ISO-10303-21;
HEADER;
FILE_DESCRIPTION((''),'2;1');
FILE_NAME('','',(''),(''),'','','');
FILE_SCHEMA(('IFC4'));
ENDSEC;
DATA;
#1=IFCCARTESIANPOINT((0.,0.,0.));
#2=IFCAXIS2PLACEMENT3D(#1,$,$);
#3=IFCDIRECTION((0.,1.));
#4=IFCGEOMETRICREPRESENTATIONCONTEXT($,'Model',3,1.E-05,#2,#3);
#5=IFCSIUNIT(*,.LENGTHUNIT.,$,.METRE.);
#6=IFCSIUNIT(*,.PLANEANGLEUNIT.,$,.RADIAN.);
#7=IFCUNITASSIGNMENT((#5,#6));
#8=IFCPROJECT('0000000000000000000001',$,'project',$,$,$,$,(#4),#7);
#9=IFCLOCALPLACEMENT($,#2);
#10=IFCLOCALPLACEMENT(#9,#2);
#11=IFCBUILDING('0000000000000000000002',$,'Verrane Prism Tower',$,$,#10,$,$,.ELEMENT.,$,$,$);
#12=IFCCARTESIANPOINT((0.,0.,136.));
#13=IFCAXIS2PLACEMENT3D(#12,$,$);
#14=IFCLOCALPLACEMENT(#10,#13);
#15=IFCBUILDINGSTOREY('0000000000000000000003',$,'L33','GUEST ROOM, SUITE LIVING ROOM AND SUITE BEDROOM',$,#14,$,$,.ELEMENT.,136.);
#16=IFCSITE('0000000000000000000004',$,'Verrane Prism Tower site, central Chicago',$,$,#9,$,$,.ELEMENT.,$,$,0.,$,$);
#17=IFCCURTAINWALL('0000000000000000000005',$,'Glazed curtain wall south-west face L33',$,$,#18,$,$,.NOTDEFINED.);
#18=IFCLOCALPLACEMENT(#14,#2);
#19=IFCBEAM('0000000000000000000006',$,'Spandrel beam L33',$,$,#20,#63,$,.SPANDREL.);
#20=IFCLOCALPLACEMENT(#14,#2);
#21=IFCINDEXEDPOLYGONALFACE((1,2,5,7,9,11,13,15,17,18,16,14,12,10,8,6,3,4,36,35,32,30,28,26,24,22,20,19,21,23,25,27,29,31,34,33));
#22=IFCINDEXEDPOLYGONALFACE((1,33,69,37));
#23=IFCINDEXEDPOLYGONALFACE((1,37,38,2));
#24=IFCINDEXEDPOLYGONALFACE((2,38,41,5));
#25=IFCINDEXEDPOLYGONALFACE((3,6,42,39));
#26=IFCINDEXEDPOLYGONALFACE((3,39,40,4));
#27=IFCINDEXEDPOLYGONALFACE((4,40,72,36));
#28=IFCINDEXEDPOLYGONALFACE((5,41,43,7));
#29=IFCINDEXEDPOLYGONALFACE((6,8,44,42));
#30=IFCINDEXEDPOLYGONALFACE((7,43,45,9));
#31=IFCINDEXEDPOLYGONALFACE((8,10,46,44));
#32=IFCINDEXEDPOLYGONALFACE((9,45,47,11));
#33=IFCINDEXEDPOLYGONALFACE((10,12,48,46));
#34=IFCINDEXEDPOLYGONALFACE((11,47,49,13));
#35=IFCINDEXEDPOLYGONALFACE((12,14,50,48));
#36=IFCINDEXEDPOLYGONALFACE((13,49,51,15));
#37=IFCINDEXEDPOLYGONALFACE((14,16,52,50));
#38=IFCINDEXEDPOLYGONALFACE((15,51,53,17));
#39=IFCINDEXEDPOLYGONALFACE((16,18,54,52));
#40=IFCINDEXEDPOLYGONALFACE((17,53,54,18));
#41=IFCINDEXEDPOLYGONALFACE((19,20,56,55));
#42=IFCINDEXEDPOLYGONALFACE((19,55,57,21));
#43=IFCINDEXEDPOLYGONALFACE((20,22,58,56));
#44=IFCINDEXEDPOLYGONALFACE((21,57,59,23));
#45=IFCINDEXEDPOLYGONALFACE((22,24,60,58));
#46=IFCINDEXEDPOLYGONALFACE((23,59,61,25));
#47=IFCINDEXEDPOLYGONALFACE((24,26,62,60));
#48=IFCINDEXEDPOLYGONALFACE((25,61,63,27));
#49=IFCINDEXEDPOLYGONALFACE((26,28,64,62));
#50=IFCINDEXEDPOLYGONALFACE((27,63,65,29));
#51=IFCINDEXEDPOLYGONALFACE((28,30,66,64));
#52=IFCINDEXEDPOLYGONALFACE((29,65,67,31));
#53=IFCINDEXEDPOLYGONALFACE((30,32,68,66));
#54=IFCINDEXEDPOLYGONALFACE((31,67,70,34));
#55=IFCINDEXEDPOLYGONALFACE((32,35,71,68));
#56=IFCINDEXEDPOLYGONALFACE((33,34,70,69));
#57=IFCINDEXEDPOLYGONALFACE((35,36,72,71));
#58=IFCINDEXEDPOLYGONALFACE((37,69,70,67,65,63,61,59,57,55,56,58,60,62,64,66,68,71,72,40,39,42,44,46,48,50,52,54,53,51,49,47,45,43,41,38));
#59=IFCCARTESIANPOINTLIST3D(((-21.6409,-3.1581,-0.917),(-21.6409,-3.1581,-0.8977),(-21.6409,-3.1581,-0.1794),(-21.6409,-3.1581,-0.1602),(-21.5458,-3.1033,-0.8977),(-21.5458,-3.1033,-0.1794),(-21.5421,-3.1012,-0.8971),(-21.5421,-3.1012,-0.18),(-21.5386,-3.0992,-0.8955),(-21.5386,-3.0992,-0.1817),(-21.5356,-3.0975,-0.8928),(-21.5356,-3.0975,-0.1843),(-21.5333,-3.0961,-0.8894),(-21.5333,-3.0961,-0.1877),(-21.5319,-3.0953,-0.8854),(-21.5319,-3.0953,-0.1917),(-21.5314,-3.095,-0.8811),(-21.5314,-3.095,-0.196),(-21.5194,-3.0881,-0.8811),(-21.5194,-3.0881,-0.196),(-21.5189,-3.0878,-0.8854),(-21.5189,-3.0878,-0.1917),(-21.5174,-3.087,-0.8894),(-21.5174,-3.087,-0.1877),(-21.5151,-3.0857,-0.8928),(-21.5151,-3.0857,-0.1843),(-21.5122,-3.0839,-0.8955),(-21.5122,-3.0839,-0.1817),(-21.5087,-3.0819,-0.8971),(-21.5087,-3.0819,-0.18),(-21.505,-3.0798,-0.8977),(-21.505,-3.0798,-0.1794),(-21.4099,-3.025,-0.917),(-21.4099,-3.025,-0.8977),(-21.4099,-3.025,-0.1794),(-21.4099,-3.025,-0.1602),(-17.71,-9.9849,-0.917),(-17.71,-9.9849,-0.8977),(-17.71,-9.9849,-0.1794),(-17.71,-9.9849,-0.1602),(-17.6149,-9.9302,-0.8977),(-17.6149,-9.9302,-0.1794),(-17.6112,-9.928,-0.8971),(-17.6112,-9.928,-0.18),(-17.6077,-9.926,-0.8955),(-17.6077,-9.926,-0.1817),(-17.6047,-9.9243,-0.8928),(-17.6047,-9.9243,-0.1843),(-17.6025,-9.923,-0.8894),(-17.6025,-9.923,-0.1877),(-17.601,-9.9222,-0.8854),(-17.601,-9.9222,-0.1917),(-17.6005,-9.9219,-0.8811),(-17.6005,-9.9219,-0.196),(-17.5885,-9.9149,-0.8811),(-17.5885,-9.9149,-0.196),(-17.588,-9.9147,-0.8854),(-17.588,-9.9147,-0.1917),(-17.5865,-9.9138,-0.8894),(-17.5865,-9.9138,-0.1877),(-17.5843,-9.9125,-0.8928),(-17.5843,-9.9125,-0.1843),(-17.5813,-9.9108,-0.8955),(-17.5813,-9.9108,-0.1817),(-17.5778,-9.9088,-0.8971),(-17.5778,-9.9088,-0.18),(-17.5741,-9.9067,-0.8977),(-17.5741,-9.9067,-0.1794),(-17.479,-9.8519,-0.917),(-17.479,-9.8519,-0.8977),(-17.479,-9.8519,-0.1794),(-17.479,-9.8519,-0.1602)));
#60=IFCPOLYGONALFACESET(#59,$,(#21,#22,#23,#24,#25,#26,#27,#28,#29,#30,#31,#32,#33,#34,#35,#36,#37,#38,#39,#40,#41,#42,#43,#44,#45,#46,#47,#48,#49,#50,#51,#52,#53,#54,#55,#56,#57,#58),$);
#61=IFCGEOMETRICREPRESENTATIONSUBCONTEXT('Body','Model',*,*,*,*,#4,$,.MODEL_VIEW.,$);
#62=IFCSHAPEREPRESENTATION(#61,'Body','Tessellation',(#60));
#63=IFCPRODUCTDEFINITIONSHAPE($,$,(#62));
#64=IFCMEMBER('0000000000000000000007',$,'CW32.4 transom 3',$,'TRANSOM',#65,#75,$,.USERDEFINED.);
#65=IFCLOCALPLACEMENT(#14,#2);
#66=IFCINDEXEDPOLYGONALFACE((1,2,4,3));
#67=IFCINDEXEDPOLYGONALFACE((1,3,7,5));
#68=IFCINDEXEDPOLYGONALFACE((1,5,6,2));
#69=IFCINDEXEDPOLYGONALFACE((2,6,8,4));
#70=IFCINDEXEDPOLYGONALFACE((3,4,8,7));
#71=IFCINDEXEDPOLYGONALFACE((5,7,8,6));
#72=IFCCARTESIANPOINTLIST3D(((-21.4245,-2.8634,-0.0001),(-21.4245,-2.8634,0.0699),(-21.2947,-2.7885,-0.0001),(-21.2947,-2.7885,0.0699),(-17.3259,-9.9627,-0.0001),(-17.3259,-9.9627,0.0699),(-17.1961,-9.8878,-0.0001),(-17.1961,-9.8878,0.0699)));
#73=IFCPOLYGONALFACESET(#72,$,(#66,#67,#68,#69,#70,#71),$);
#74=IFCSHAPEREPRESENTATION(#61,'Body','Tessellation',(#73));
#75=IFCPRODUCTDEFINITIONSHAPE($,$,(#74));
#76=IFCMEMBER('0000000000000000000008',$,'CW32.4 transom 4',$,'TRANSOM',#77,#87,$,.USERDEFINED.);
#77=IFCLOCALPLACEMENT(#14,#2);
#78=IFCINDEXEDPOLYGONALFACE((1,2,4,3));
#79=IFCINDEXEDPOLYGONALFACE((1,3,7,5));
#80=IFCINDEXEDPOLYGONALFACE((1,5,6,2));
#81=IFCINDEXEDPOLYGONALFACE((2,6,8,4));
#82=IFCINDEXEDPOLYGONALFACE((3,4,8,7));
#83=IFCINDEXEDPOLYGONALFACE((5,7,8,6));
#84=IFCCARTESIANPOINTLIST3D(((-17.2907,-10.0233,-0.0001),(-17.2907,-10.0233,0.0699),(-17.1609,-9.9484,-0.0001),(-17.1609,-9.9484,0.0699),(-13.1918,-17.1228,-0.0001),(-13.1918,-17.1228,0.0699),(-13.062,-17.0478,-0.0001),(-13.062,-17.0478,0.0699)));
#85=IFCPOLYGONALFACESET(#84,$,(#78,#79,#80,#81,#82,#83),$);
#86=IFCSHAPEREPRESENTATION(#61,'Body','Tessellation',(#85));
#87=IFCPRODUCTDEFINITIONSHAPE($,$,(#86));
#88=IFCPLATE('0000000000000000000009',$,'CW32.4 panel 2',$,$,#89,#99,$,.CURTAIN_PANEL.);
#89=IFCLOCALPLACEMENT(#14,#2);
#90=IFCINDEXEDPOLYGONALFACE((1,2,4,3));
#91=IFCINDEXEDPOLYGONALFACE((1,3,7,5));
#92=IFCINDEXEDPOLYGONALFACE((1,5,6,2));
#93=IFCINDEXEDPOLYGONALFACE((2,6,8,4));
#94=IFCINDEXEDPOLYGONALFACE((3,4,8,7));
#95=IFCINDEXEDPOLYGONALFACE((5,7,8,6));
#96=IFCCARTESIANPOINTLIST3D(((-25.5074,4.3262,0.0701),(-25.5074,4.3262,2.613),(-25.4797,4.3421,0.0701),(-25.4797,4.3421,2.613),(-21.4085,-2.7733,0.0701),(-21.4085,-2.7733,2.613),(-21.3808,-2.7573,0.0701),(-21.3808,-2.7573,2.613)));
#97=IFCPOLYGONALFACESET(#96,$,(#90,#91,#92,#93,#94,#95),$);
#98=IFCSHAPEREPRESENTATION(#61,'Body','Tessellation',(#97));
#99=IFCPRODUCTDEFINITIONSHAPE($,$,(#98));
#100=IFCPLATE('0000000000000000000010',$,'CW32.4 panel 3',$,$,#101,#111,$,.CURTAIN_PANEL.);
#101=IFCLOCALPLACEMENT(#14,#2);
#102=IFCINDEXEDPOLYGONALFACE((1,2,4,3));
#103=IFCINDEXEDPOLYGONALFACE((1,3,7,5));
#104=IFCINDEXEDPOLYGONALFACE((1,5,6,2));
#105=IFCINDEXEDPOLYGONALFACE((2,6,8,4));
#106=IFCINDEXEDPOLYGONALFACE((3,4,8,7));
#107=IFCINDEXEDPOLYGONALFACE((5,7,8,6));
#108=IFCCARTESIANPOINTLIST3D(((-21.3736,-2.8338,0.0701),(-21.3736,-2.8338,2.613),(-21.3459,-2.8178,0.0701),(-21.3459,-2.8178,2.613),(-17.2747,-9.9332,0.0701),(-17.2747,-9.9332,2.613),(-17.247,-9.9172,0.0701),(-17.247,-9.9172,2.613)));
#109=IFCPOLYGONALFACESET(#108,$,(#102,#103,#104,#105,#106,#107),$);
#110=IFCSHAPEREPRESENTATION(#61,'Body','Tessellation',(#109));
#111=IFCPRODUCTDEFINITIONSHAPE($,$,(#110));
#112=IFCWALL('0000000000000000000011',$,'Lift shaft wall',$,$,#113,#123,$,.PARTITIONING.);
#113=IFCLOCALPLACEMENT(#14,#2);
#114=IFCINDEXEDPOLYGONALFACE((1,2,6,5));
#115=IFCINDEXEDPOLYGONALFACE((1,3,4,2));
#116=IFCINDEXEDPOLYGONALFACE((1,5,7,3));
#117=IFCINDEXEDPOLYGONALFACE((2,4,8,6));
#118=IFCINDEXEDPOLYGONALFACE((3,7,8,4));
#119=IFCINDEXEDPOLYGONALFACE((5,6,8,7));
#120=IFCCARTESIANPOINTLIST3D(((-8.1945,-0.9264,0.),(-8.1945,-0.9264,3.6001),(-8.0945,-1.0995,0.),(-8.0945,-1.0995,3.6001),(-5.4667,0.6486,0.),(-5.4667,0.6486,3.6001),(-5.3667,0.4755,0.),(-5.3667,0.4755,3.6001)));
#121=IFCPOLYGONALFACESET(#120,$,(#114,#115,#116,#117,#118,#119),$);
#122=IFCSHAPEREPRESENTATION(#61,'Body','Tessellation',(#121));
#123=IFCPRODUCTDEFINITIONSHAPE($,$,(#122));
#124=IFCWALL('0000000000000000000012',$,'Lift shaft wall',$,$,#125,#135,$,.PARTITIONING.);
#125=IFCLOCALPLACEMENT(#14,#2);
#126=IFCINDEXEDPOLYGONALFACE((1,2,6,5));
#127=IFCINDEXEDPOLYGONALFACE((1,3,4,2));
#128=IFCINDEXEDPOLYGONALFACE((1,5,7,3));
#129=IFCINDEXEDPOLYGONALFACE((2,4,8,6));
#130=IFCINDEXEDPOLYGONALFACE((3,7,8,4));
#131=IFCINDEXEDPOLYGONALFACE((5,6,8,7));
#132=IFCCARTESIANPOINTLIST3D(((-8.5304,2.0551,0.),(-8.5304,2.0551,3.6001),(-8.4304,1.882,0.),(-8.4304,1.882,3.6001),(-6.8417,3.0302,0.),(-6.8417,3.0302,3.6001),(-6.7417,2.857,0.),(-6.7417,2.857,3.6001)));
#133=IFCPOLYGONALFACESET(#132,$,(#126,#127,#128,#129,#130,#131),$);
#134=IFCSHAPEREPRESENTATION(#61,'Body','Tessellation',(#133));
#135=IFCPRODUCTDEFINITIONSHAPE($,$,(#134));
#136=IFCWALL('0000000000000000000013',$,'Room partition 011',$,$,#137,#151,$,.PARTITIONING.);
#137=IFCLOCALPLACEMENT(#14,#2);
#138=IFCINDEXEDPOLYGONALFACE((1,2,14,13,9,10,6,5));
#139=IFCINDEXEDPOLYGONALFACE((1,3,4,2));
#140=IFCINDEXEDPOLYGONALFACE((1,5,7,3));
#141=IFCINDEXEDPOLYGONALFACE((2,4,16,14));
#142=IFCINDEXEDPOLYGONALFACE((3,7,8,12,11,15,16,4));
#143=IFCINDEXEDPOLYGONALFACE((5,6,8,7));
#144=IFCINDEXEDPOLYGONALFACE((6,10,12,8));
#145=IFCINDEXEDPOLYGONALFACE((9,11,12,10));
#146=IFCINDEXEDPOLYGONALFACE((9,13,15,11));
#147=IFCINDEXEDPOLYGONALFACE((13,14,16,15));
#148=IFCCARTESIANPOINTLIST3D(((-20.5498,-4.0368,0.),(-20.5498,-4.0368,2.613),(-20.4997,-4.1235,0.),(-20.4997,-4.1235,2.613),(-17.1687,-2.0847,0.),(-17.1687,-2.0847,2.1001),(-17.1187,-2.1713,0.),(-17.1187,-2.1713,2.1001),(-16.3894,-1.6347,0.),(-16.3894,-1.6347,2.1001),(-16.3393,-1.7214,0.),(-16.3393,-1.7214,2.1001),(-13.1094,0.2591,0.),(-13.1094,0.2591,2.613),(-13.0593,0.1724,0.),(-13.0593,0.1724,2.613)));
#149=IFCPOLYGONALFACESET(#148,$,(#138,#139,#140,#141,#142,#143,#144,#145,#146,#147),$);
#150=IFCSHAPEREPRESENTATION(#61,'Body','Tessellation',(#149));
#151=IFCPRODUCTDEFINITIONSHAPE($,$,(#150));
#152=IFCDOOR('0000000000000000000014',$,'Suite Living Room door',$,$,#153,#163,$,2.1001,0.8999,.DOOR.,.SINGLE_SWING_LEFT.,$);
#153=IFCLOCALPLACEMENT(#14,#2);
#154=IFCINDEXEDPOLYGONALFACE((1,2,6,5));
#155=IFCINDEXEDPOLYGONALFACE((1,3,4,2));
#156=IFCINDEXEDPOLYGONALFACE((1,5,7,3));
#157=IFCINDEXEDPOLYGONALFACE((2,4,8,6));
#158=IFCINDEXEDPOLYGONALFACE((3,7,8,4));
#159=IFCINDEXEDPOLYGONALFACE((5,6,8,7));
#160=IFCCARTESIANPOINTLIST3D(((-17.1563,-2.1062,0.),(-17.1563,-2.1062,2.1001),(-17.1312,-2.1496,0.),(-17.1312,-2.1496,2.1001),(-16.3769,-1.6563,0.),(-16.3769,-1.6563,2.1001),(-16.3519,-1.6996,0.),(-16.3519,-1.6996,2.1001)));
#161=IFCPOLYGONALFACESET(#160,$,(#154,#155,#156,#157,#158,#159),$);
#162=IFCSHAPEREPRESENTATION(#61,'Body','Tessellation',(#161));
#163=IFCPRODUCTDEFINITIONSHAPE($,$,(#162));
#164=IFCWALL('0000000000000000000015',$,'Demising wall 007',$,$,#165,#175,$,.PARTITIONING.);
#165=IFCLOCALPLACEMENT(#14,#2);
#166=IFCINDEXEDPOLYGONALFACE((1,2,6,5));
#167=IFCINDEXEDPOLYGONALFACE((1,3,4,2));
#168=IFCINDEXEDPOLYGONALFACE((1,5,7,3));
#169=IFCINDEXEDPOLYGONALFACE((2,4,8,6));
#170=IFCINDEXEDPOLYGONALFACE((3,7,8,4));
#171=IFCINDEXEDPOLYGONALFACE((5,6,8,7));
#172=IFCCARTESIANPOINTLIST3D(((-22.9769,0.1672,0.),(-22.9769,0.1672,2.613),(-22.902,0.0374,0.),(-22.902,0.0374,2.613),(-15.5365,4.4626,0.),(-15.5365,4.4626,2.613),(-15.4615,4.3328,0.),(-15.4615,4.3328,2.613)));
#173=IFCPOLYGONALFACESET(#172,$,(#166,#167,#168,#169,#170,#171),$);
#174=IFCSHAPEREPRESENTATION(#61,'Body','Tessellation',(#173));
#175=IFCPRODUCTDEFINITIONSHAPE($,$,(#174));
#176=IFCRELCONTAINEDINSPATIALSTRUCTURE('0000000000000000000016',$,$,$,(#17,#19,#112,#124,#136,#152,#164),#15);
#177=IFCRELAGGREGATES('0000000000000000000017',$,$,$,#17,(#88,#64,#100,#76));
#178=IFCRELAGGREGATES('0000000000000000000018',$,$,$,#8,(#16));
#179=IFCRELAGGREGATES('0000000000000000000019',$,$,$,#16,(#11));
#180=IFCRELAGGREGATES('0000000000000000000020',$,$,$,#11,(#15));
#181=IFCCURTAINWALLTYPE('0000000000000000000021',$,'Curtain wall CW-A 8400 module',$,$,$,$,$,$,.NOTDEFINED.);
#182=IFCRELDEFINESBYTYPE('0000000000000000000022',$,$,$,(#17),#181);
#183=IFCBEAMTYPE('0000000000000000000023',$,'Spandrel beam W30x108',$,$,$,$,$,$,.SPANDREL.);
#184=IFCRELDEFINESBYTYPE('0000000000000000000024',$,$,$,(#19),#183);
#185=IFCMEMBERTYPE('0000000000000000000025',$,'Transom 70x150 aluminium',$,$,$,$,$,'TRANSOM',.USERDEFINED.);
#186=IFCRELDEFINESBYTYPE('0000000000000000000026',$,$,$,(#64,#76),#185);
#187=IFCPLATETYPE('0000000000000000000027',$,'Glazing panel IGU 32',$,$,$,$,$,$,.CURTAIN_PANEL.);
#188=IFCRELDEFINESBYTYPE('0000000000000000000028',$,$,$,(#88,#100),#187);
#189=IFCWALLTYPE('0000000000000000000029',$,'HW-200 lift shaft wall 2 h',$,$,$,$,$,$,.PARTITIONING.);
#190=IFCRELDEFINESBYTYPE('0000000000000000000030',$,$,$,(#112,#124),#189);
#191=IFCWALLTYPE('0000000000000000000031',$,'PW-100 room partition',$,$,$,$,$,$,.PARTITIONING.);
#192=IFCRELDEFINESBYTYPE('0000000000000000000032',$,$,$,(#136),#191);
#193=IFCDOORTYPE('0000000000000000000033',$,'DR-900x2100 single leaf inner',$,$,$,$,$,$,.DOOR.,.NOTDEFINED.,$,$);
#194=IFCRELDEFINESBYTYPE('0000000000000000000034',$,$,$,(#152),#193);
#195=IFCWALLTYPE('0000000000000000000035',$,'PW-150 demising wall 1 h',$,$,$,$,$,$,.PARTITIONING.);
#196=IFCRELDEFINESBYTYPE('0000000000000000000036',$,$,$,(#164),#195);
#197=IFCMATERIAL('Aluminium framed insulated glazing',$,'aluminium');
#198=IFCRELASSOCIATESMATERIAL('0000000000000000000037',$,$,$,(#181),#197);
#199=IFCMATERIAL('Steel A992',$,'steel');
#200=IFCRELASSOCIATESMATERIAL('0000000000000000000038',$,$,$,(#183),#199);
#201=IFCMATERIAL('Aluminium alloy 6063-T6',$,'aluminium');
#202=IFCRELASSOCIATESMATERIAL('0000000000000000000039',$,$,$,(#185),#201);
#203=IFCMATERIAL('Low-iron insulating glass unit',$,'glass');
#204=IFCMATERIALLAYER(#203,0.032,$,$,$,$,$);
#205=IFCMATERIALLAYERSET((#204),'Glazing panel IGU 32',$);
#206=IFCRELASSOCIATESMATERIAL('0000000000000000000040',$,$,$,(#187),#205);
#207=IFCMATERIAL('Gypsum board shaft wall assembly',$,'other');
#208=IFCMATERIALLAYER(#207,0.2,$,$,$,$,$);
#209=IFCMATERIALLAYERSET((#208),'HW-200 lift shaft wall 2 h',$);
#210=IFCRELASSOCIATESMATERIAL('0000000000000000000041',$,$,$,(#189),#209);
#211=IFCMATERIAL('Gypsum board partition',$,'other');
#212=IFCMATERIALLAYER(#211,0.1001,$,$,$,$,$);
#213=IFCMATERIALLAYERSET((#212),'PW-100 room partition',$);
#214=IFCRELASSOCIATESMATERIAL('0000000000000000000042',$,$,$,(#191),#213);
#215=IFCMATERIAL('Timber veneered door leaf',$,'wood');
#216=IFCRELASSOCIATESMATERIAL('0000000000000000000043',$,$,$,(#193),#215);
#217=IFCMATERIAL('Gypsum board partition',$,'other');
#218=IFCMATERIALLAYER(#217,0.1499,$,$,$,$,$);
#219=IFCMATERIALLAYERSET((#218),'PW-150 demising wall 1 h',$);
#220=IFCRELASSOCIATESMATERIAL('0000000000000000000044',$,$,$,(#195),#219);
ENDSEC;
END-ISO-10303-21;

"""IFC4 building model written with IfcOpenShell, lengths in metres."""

from ifc_helpers import new_model, si_unit, direction, frame, frame_2d, origin, origin_2d, place, context, subcontext, project, spatial, rectangle, i_section, extrude, material, layer, layer_set, material_profile, profile_set, type_object, element, fill, aggregate, save


model = new_model("IFC4")

# Units and contexts
model_context = context("Model", 3, precision=1e-05, world=origin(), true_north=direction((0.0, 1.0)))
body_context = subcontext(model_context, "Body", "Model", "MODEL_VIEW")
ifc_project = project(units=[si_unit("LENGTHUNIT", "METRE"), si_unit("PLANEANGLEUNIT", "RADIAN")], contexts=[model_context])

# Site, building, storey
site_placement = place(None, origin())
site = spatial("IfcSite", under=ifc_project, at=site_placement, Name="Verrane Prism Tower site, central Chicago", CompositionType="ELEMENT", RefElevation=0.0)
building_placement = place(site_placement, origin())
building = spatial("IfcBuilding", under=site, at=building_placement, Name="Verrane Prism Tower", CompositionType="ELEMENT")
storey_placement = place(building_placement, frame((0.0, 0.0, 136.0)))
storey = spatial("IfcBuildingStorey", under=building, at=storey_placement, Name="L33", Description="GUEST ROOM, SUITE LIVING ROOM AND SUITE BEDROOM", CompositionType="ELEMENT", Elevation=136.0)

# Curtain wall
ifc_material_1 = material(Name="Aluminium framed insulated glazing", Category="aluminium")
curtain_wall_type = type_object("IfcCurtainWallType", Name="Curtain wall CW-A 8400 module", PredefinedType="NOTDEFINED", material=ifc_material_1)
curtain_wall_placement = place(storey_placement, origin())
curtain_wall = element("IfcCurtainWall", 1, at=curtain_wall_placement, inside=storey, type_object=curtain_wall_type, Name="Glazed curtain wall south-west face L33", PredefinedType="NOTDEFINED")

# Beam
ifc_material_2 = material(Name="Steel A992", Category="steel")
ifc_material_profile_1 = material_profile(ifc_material_2, i_section(OverallWidth=0.2666, OverallDepth=0.7568, WebThickness=0.0139, FlangeThickness=0.0193, FilletRadius=0.0166, at=origin_2d()), Name="W30x108")
ifc_profile_set_1 = profile_set([ifc_material_profile_1], Name="Steel A992")
beam_type_1 = type_object("IfcBeamType", Name="Spandrel beam W30x108", PredefinedType="SPANDREL", material=ifc_profile_set_1)
beam_1_placement = place(storey_placement, frame((-21.5254, -3.0916, -0.5386), z_axis=(0.49899, -0.866608, 0.0), x_axis=(0.866608, 0.49899, 0.0)))
element("IfcBeam", 2, at=beam_1_placement, inside=storey, type_object=beam_type_1, Name="Spandrel beam L33", PredefinedType="SPANDREL", context=body_context, shape_type="SweptSolid", body=[
    extrude(i_section(OverallWidth=0.2666, OverallDepth=0.7568, WebThickness=0.0139, FlangeThickness=0.0193, FilletRadius=0.0166, at=origin_2d()), origin(), (0.0, 0.0, 1.0), 7.8777),
])

# Members
ifc_material_3 = material(Name="Aluminium alloy 6063-T6", Category="aluminium")
ifc_material_profile_2 = material_profile(ifc_material_3, rectangle(XDim=0.1499, YDim=0.0701, at=origin_2d()), Name="Transom 70x150 aluminium")
ifc_profile_set_2 = profile_set([ifc_material_profile_2], Name="Aluminium alloy 6063-T6")
member_type_1 = type_object("IfcMemberType", Name="Transom 70x150 aluminium", ElementType="TRANSOM", PredefinedType="USERDEFINED", material=ifc_profile_set_2)
member_1_placement = place(storey_placement, frame((-21.3596, -2.8259, 0.0349), z_axis=(0.499983, -0.866035, 0.0), x_axis=(0.866035, 0.499983, 0.0)))
member_1 = element("IfcMember", 3, at=member_1_placement, type_object=member_type_1, Name="CW32.4 transom 3", ObjectType="TRANSOM", PredefinedType="USERDEFINED", context=body_context, shape_type="SweptSolid", body=[
    extrude(rectangle(XDim=0.1499, YDim=0.0701, at=origin_2d()), origin(), (0.0, 0.0, 1.0), 8.1975),
])
member_2_placement = place(storey_placement, frame((-17.2258, -9.9858, 0.0349), z_axis=(0.500005, -0.866022, 0.0), x_axis=(0.866022, 0.500005, 0.0)))
member_2 = element("IfcMember", 4, at=member_2_placement, type_object=member_type_1, Name="CW32.4 transom 4", ObjectType="TRANSOM", PredefinedType="USERDEFINED", context=body_context, shape_type="SweptSolid", body=[
    extrude(rectangle(XDim=0.1499, YDim=0.0701, at=origin_2d()), origin(), (0.0, 0.0, 1.0), 8.1978),
])

# Plates
ifc_material_4 = material(Name="Low-iron insulating glass unit", Category="glass")
ifc_layer_1 = layer(ifc_material_4, 0.032)
ifc_layer_set_1 = layer_set([ifc_layer_1], Name="Glazing panel IGU 32")
plate_type = type_object("IfcPlateType", Name="Glazing panel IGU 32", PredefinedType="CURTAIN_PANEL", material=ifc_layer_set_1)
plate_1_placement = place(storey_placement, frame((-23.4441, 0.7844, 0.0701), z_axis=(0.0, 0.0, 1.0), x_axis=(0.5, -0.866025, 0.0)))
plate_1 = element("IfcPlate", 5, at=plate_1_placement, type_object=plate_type, Name="CW32.4 panel 2", PredefinedType="CURTAIN_PANEL", context=body_context, shape_type="SweptSolid", body=[
    extrude(rectangle(XDim=8.1978, YDim=0.032, at=origin_2d()), origin(), (0.0, 0.0, 1.0), 2.543),
])
plate_2_placement = place(storey_placement, frame((-19.3103, -6.3755, 0.0701), z_axis=(0.0, 0.0, 1.0), x_axis=(0.5, -0.866025, 0.0)))
plate_2 = element("IfcPlate", 6, at=plate_2_placement, type_object=plate_type, Name="CW32.4 panel 3", PredefinedType="CURTAIN_PANEL", context=body_context, shape_type="SweptSolid", body=[
    extrude(rectangle(XDim=8.1978, YDim=0.032, at=origin_2d()), origin(), (0.0, 0.0, 1.0), 2.543),
])
aggregate(curtain_wall, [plate_1, member_1, plate_2, member_2])

# Walls
ifc_material_5 = material(Name="Gypsum board shaft wall assembly", Category="other")
ifc_layer_2 = layer(ifc_material_5, 0.2)
ifc_layer_set_2 = layer_set([ifc_layer_2], Name="HW-200 lift shaft wall 2 h")
wall_type_1 = type_object("IfcWallType", Name="HW-200 lift shaft wall 2 h", PredefinedType="PARTITIONING", material=ifc_layer_set_2)
wall_1_placement = place(storey_placement, frame((-8.1445, -1.0129, 0.0), z_axis=(0.0, 0.0, 1.0), x_axis=(0.866016, 0.500015, 0.0)))
element("IfcWall", 7, at=wall_1_placement, inside=storey, type_object=wall_type_1, Name="Lift shaft wall", PredefinedType="PARTITIONING", context=body_context, shape_type="SweptSolid", body=[
    extrude(rectangle(XDim=3.1499, YDim=0.2, at=frame_2d((1.575, 0.0))), origin(), (0.0, 0.0, 1.0), 3.6001),
])
wall_2_placement = place(storey_placement, frame((-8.4805, 1.9685, 0.0), z_axis=(0.0, 0.0, 1.0), x_axis=(0.866, 0.500044, 0.0)))
element("IfcWall", 8, at=wall_2_placement, inside=storey, type_object=wall_type_1, Name="Lift shaft wall", PredefinedType="PARTITIONING", context=body_context, shape_type="SweptSolid", body=[
    extrude(rectangle(XDim=1.95, YDim=0.2, at=frame_2d((0.9751, 0.0))), origin(), (0.0, 0.0, 1.0), 3.6001),
])

# Wall, opening, door
ifc_material_6 = material(Name="Gypsum board partition", Category="other")
ifc_layer_3 = layer(ifc_material_6, 0.1001)
ifc_layer_set_3 = layer_set([ifc_layer_3], Name="PW-100 room partition")
wall_type_2 = type_object("IfcWallType", Name="PW-100 room partition", PredefinedType="PARTITIONING", material=ifc_layer_set_3)
wall_3_placement = place(storey_placement, frame((-13.0842, 0.2158, 0.0), z_axis=(0.0, 0.0, 1.0), x_axis=(-0.866017, -0.500014, 0.0)))
wall_3 = element("IfcWall", 9, at=wall_3_placement, inside=storey, type_object=wall_type_2, Name="Room partition 011", PredefinedType="PARTITIONING", context=body_context, shape_type="SweptSolid", body=[
    extrude(rectangle(XDim=8.5916, YDim=0.1001, at=frame_2d((4.2959, 0.0))), origin(), (0.0, 0.0, 1.0), 2.613),
])
opening_1_placement = place(wall_3_placement, frame((3.7876, 0.0, 0.0)))
opening_1 = element("IfcOpeningElement", 10, at=opening_1_placement, cuts=wall_3, PredefinedType="OPENING", context=body_context, shape_type="SweptSolid", body=[
    extrude(rectangle(XDim=0.8999, YDim=2.1001, at=frame_2d((0.45, 1.05))), frame((0.0, 0.0601, 0.0), z_axis=(0.0, -1.0, 0.0), x_axis=(1.0, 0.0, 0.0)), (0.0, 0.0, 1.0), 0.1201),
])
ifc_material_7 = material(Name="Timber veneered door leaf", Category="wood")
door_type_1 = type_object("IfcDoorType", Name="DR-900x2100 single leaf inner", OperationType="NOTDEFINED", PredefinedType="DOOR", material=ifc_material_7)
door_1_placement = place(opening_1_placement, origin())
door_1 = element("IfcDoor", 11, at=door_1_placement, inside=storey, type_object=door_type_1, Name="Suite Living Room door", OperationType="SINGLE_SWING_LEFT", OverallHeight=2.1001, OverallWidth=0.8999, PredefinedType="DOOR", context=body_context, shape_type="SweptSolid", body=[
    extrude(rectangle(XDim=0.8999, YDim=2.1001, at=frame_2d((0.45, 1.05))), frame((0.0, 0.0249, 0.0), z_axis=(0.0, -1.0, 0.0), x_axis=(1.0, 0.0, 0.0)), (0.0, 0.0, 1.0), 0.05),
])
fill(opening_1, door_1)

# Wall
ifc_material_8 = material(Name="Gypsum board partition", Category="other")
ifc_layer_4 = layer(ifc_material_8, 0.1499)
ifc_layer_set_4 = layer_set([ifc_layer_4], Name="PW-150 demising wall 1 h")
wall_type_3 = type_object("IfcWallType", Name="PW-150 demising wall 1 h", PredefinedType="PARTITIONING", material=ifc_layer_set_4)
wall_4_placement = place(storey_placement, frame((-22.9395, 0.1023, 0.0), z_axis=(0.0, 0.0, 1.0), x_axis=(0.866042, 0.499972, 0.0)))
element("IfcWall", 12, at=wall_4_placement, inside=storey, type_object=wall_type_3, Name="Demising wall 007", PredefinedType="PARTITIONING", context=body_context, shape_type="SweptSolid", body=[
    extrude(rectangle(XDim=8.5913, YDim=0.1499, at=frame_2d((4.2957, 0.0))), origin(), (0.0, 0.0, 1.0), 2.613),
])

save(model, "model.ifc")
